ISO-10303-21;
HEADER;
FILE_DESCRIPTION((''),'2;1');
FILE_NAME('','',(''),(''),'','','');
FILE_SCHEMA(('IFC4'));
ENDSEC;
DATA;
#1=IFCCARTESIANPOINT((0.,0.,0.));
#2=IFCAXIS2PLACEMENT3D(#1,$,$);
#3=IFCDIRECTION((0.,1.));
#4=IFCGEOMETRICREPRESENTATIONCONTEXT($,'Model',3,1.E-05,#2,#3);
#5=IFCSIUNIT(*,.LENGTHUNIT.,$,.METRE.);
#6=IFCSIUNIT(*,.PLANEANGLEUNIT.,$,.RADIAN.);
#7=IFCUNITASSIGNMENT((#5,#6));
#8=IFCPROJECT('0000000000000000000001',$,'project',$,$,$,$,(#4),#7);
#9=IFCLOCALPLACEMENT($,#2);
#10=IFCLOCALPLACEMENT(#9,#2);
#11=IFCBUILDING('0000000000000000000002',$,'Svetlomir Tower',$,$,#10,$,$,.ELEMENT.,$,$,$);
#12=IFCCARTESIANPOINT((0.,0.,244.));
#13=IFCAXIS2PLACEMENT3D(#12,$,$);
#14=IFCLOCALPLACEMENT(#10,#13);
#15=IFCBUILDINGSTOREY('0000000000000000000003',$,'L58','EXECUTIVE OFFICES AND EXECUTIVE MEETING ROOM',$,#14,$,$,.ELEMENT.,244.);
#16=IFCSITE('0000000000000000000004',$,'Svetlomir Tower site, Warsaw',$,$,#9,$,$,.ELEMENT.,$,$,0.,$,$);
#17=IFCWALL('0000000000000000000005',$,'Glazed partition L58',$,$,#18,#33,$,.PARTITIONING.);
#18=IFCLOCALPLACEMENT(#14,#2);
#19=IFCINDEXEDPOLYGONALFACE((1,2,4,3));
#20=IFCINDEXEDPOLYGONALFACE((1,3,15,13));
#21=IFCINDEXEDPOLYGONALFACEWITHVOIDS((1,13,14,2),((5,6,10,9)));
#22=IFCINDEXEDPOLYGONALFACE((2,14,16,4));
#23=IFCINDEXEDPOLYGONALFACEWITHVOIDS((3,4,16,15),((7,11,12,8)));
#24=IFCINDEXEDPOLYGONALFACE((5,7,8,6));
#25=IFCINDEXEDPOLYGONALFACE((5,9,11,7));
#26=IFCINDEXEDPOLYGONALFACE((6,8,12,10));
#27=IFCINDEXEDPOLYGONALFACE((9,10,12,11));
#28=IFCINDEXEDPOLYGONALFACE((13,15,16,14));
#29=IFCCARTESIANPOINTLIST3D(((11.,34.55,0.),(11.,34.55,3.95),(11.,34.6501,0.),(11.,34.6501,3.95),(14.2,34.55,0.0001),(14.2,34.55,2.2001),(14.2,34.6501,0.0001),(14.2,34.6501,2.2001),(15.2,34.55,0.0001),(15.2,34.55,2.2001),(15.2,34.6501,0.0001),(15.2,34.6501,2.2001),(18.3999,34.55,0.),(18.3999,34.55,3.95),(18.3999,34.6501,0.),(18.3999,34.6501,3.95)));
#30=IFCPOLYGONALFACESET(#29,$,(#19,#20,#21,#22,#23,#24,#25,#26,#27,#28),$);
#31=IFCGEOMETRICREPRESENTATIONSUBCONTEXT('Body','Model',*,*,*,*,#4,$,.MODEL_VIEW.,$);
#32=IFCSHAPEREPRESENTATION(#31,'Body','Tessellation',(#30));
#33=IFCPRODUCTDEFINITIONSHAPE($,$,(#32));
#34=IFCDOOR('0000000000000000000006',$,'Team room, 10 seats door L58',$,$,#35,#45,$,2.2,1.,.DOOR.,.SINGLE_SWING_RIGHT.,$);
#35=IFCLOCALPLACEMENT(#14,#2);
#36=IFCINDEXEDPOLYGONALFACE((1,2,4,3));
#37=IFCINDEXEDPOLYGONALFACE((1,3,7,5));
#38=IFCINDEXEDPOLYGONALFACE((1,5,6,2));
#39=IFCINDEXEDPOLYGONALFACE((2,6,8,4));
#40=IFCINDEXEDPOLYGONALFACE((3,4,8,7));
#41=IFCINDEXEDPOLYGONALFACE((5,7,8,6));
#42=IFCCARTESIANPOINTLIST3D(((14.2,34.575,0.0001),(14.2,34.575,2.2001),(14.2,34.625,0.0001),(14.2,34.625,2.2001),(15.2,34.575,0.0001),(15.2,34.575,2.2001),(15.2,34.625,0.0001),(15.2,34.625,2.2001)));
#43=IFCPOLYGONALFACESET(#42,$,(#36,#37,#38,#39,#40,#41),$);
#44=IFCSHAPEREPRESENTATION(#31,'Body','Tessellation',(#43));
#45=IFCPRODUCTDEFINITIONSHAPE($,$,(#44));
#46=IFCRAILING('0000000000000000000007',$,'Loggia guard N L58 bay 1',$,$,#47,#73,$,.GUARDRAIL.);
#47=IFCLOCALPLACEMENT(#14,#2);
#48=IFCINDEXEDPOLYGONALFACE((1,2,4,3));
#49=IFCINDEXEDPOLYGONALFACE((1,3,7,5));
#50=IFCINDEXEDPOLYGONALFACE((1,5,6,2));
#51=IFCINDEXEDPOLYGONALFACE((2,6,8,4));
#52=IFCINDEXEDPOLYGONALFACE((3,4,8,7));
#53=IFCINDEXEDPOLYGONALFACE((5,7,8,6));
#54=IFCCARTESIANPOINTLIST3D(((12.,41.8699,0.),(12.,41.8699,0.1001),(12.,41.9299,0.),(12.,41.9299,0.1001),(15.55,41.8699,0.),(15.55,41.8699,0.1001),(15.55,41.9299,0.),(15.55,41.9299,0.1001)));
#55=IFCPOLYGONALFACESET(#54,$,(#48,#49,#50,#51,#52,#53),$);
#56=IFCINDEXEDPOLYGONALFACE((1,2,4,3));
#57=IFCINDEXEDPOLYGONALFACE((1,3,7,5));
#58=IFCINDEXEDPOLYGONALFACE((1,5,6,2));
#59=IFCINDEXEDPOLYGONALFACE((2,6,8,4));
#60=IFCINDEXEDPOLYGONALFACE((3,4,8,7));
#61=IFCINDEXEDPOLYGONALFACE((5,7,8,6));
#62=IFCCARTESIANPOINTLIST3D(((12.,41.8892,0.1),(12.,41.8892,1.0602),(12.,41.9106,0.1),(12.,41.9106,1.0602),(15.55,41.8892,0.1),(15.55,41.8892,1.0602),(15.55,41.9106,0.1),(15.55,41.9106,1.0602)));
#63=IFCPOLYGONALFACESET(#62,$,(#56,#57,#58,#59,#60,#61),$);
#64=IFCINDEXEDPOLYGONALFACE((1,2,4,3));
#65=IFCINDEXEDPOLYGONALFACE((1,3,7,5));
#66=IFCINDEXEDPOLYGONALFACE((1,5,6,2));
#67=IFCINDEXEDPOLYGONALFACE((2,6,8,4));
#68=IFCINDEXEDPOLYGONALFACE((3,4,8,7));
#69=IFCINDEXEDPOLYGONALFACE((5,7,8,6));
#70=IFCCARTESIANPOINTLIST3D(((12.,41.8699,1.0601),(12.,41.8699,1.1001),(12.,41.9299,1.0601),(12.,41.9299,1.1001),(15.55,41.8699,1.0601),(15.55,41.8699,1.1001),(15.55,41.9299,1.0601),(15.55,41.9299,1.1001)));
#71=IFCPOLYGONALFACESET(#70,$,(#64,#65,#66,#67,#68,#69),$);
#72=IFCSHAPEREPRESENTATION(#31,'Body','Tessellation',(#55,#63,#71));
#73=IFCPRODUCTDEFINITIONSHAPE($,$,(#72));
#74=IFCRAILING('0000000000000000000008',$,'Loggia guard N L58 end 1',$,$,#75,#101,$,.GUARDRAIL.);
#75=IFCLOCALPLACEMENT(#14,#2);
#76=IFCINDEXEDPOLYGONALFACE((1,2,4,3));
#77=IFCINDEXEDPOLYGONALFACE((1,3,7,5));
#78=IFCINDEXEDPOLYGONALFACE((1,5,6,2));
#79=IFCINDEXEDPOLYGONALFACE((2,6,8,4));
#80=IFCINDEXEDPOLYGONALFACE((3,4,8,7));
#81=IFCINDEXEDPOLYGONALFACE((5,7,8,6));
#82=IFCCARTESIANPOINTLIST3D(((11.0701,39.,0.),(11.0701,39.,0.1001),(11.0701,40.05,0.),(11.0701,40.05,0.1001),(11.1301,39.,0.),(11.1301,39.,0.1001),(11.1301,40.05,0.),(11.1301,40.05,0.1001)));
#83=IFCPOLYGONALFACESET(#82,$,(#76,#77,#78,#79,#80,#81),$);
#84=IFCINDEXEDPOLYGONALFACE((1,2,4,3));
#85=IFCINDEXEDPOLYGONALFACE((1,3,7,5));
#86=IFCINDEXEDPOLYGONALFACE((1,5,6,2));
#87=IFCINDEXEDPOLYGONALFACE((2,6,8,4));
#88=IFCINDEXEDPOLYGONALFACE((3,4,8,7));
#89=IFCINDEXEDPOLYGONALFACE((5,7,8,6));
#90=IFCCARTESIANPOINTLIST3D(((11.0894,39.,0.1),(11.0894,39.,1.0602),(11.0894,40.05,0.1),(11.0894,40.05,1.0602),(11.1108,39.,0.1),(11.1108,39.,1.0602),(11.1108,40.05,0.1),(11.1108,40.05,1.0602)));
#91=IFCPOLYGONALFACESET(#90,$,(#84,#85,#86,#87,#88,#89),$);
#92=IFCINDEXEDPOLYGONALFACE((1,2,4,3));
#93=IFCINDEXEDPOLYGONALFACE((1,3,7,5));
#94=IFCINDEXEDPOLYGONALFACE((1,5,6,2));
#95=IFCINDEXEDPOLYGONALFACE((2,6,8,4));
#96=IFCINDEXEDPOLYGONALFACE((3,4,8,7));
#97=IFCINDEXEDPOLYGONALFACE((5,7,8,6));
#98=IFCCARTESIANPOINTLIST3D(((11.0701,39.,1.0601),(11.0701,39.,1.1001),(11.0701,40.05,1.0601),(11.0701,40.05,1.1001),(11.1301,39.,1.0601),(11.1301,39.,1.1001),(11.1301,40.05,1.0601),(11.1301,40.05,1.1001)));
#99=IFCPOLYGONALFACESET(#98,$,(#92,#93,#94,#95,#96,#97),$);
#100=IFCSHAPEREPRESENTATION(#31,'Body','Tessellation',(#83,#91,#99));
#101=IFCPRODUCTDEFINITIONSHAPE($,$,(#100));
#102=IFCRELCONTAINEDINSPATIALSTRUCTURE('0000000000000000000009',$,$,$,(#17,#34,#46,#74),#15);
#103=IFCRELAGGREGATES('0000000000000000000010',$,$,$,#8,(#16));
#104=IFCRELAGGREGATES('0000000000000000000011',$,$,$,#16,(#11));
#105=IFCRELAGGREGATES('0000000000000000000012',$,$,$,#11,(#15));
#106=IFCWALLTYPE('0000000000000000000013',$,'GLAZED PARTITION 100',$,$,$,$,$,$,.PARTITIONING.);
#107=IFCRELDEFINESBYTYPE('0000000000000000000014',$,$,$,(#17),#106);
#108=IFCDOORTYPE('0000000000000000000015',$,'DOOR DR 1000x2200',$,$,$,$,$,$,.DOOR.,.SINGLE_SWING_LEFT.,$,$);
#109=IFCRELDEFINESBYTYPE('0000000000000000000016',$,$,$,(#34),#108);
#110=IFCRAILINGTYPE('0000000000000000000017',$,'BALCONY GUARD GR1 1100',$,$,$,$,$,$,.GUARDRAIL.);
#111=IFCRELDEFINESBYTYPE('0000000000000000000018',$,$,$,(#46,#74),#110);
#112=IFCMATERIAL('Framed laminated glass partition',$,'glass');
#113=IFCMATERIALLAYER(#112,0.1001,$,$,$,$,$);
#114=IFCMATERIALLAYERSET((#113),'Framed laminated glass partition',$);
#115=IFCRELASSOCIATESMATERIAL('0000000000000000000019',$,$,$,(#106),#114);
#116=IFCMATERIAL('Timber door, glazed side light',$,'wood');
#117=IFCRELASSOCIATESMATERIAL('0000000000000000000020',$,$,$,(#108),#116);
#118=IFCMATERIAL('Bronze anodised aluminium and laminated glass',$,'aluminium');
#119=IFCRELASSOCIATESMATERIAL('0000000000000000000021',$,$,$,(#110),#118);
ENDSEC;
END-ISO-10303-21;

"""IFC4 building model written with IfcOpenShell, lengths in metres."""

from ifc_helpers import new_model, si_unit, direction, frame, frame_2d, origin, origin_2d, place, context, subcontext, project, spatial, rectangle, extrude, material, layer, layer_set, type_object, element, fill, save


model = new_model("IFC4")

# Units and contexts
model_context = context("Model", 3, precision=1e-05, world=origin(), true_north=direction((0.0, 1.0)))
body_context = subcontext(model_context, "Body", "Model", "MODEL_VIEW")
ifc_project = project(units=[si_unit("LENGTHUNIT", "METRE"), si_unit("PLANEANGLEUNIT", "RADIAN")], contexts=[model_context])

# Site, building, storey
site_placement = place(None, origin())
site = spatial("IfcSite", under=ifc_project, at=site_placement, Name="Svetlomir Tower site, Warsaw", CompositionType="ELEMENT", RefElevation=0.0)
building_placement = place(site_placement, origin())
building = spatial("IfcBuilding", under=site, at=building_placement, Name="Svetlomir Tower", CompositionType="ELEMENT")
storey_placement = place(building_placement, frame((0.0, 0.0, 244.0)))
storey = spatial("IfcBuildingStorey", under=building, at=storey_placement, Name="L58", Description="EXECUTIVE OFFICES AND EXECUTIVE MEETING ROOM", CompositionType="ELEMENT", Elevation=244.0)

# Wall, opening, door
ifc_material_1 = material(Name="Framed laminated glass partition", Category="glass")
ifc_layer_1 = layer(ifc_material_1, 0.1001)
ifc_layer_set_1 = layer_set([ifc_layer_1], Name="Framed laminated glass partition")
wall_type = type_object("IfcWallType", Name="GLAZED PARTITION 100", PredefinedType="PARTITIONING", material=ifc_layer_set_1)
wall_placement = place(storey_placement, frame((11.0, 34.6001, 0.0), z_axis=(0.0, 0.0, 1.0), x_axis=(1.0, 0.0, 0.0)))
wall = element("IfcWall", 1, at=wall_placement, inside=storey, type_object=wall_type, Name="Glazed partition L58", PredefinedType="PARTITIONING", context=body_context, shape_type="SweptSolid", body=[
    extrude(rectangle(XDim=7.3999, YDim=0.1001, at=frame_2d((3.7, 0.0))), origin(), (0.0, 0.0, 1.0), 3.95),
])
opening_placement = place(wall_placement, frame((3.2, 0.0, 0.0)))
opening = element("IfcOpeningElement", 2, at=opening_placement, cuts=wall, PredefinedType="OPENING", context=body_context, shape_type="SweptSolid", body=[
    extrude(rectangle(XDim=1.0, YDim=2.2, at=frame_2d((0.5, 1.1001))), frame((0.0, 0.0601, 0.0), z_axis=(0.0, -1.0, 0.0), x_axis=(1.0, 0.0, 0.0)), (0.0, 0.0, 1.0), 0.1201),
])
ifc_material_2 = material(Name="Timber door, glazed side light", Category="wood")
door_type = type_object("IfcDoorType", Name="DOOR DR 1000x2200", OperationType="SINGLE_SWING_LEFT", PredefinedType="DOOR", material=ifc_material_2)
door_placement = place(opening_placement, origin())
door = element("IfcDoor", 3, at=door_placement, inside=storey, type_object=door_type, Name="Team room, 10 seats door L58", OperationType="SINGLE_SWING_RIGHT", OverallHeight=2.2, OverallWidth=1.0, PredefinedType="DOOR", context=body_context, shape_type="SweptSolid", body=[
    extrude(rectangle(XDim=1.0, YDim=2.2, at=frame_2d((0.5, 1.1001))), frame((0.0, 0.0249, 0.0), z_axis=(0.0, -1.0, 0.0), x_axis=(1.0, 0.0, 0.0)), (0.0, 0.0, 1.0), 0.05),
])
fill(opening, door)

# Railings
ifc_material_3 = material(Name="Bronze anodised aluminium and laminated glass", Category="aluminium")
railing_type = type_object("IfcRailingType", Name="BALCONY GUARD GR1 1100", PredefinedType="GUARDRAIL", material=ifc_material_3)
railing_1_placement = place(storey_placement, frame((12.0, 41.8999, 0.0)))
element("IfcRailing", 4, at=railing_1_placement, inside=storey, type_object=railing_type, Name="Loggia guard N L58 bay 1", PredefinedType="GUARDRAIL", context=body_context, shape_type="SweptSolid", body=[
    extrude(rectangle(XDim=0.0601, YDim=0.1001, at=origin_2d()), frame((0.0, 0.0, 0.05), z_axis=(1.0, 0.0, 0.0), x_axis=(0.0, 1.0, 0.0)), (0.0, 0.0, 1.0), 3.55),
    extrude(rectangle(XDim=0.0215, YDim=0.9602, at=origin_2d()), frame((0.0, 0.0, 0.5801), z_axis=(1.0, 0.0, 0.0), x_axis=(0.0, 1.0, 0.0)), (0.0, 0.0, 1.0), 3.55),
    extrude(rectangle(XDim=0.0601, YDim=0.04, at=origin_2d()), frame((0.0, 0.0, 1.0801), z_axis=(1.0, 0.0, 0.0), x_axis=(0.0, 1.0, 0.0)), (0.0, 0.0, 1.0), 3.55),
])
railing_2_placement = place(storey_placement, frame((11.1001, 40.05, 0.0)))
element("IfcRailing", 5, at=railing_2_placement, inside=storey, type_object=railing_type, Name="Loggia guard N L58 end 1", PredefinedType="GUARDRAIL", context=body_context, shape_type="SweptSolid", body=[
    extrude(rectangle(XDim=0.0601, YDim=0.1001, at=origin_2d()), frame((0.0, 0.0, 0.05), z_axis=(0.0, -1.0, 0.0), x_axis=(1.0, 0.0, 0.0)), (0.0, 0.0, 1.0), 1.05),
    extrude(rectangle(XDim=0.0215, YDim=0.9602, at=origin_2d()), frame((0.0, 0.0, 0.5801), z_axis=(0.0, -1.0, 0.0), x_axis=(1.0, 0.0, 0.0)), (0.0, 0.0, 1.0), 1.05),
    extrude(rectangle(XDim=0.0601, YDim=0.04, at=origin_2d()), frame((0.0, 0.0, 1.0801), z_axis=(0.0, -1.0, 0.0), x_axis=(1.0, 0.0, 0.0)), (0.0, 0.0, 1.0), 1.05),
])

save(model, "model.ifc")
